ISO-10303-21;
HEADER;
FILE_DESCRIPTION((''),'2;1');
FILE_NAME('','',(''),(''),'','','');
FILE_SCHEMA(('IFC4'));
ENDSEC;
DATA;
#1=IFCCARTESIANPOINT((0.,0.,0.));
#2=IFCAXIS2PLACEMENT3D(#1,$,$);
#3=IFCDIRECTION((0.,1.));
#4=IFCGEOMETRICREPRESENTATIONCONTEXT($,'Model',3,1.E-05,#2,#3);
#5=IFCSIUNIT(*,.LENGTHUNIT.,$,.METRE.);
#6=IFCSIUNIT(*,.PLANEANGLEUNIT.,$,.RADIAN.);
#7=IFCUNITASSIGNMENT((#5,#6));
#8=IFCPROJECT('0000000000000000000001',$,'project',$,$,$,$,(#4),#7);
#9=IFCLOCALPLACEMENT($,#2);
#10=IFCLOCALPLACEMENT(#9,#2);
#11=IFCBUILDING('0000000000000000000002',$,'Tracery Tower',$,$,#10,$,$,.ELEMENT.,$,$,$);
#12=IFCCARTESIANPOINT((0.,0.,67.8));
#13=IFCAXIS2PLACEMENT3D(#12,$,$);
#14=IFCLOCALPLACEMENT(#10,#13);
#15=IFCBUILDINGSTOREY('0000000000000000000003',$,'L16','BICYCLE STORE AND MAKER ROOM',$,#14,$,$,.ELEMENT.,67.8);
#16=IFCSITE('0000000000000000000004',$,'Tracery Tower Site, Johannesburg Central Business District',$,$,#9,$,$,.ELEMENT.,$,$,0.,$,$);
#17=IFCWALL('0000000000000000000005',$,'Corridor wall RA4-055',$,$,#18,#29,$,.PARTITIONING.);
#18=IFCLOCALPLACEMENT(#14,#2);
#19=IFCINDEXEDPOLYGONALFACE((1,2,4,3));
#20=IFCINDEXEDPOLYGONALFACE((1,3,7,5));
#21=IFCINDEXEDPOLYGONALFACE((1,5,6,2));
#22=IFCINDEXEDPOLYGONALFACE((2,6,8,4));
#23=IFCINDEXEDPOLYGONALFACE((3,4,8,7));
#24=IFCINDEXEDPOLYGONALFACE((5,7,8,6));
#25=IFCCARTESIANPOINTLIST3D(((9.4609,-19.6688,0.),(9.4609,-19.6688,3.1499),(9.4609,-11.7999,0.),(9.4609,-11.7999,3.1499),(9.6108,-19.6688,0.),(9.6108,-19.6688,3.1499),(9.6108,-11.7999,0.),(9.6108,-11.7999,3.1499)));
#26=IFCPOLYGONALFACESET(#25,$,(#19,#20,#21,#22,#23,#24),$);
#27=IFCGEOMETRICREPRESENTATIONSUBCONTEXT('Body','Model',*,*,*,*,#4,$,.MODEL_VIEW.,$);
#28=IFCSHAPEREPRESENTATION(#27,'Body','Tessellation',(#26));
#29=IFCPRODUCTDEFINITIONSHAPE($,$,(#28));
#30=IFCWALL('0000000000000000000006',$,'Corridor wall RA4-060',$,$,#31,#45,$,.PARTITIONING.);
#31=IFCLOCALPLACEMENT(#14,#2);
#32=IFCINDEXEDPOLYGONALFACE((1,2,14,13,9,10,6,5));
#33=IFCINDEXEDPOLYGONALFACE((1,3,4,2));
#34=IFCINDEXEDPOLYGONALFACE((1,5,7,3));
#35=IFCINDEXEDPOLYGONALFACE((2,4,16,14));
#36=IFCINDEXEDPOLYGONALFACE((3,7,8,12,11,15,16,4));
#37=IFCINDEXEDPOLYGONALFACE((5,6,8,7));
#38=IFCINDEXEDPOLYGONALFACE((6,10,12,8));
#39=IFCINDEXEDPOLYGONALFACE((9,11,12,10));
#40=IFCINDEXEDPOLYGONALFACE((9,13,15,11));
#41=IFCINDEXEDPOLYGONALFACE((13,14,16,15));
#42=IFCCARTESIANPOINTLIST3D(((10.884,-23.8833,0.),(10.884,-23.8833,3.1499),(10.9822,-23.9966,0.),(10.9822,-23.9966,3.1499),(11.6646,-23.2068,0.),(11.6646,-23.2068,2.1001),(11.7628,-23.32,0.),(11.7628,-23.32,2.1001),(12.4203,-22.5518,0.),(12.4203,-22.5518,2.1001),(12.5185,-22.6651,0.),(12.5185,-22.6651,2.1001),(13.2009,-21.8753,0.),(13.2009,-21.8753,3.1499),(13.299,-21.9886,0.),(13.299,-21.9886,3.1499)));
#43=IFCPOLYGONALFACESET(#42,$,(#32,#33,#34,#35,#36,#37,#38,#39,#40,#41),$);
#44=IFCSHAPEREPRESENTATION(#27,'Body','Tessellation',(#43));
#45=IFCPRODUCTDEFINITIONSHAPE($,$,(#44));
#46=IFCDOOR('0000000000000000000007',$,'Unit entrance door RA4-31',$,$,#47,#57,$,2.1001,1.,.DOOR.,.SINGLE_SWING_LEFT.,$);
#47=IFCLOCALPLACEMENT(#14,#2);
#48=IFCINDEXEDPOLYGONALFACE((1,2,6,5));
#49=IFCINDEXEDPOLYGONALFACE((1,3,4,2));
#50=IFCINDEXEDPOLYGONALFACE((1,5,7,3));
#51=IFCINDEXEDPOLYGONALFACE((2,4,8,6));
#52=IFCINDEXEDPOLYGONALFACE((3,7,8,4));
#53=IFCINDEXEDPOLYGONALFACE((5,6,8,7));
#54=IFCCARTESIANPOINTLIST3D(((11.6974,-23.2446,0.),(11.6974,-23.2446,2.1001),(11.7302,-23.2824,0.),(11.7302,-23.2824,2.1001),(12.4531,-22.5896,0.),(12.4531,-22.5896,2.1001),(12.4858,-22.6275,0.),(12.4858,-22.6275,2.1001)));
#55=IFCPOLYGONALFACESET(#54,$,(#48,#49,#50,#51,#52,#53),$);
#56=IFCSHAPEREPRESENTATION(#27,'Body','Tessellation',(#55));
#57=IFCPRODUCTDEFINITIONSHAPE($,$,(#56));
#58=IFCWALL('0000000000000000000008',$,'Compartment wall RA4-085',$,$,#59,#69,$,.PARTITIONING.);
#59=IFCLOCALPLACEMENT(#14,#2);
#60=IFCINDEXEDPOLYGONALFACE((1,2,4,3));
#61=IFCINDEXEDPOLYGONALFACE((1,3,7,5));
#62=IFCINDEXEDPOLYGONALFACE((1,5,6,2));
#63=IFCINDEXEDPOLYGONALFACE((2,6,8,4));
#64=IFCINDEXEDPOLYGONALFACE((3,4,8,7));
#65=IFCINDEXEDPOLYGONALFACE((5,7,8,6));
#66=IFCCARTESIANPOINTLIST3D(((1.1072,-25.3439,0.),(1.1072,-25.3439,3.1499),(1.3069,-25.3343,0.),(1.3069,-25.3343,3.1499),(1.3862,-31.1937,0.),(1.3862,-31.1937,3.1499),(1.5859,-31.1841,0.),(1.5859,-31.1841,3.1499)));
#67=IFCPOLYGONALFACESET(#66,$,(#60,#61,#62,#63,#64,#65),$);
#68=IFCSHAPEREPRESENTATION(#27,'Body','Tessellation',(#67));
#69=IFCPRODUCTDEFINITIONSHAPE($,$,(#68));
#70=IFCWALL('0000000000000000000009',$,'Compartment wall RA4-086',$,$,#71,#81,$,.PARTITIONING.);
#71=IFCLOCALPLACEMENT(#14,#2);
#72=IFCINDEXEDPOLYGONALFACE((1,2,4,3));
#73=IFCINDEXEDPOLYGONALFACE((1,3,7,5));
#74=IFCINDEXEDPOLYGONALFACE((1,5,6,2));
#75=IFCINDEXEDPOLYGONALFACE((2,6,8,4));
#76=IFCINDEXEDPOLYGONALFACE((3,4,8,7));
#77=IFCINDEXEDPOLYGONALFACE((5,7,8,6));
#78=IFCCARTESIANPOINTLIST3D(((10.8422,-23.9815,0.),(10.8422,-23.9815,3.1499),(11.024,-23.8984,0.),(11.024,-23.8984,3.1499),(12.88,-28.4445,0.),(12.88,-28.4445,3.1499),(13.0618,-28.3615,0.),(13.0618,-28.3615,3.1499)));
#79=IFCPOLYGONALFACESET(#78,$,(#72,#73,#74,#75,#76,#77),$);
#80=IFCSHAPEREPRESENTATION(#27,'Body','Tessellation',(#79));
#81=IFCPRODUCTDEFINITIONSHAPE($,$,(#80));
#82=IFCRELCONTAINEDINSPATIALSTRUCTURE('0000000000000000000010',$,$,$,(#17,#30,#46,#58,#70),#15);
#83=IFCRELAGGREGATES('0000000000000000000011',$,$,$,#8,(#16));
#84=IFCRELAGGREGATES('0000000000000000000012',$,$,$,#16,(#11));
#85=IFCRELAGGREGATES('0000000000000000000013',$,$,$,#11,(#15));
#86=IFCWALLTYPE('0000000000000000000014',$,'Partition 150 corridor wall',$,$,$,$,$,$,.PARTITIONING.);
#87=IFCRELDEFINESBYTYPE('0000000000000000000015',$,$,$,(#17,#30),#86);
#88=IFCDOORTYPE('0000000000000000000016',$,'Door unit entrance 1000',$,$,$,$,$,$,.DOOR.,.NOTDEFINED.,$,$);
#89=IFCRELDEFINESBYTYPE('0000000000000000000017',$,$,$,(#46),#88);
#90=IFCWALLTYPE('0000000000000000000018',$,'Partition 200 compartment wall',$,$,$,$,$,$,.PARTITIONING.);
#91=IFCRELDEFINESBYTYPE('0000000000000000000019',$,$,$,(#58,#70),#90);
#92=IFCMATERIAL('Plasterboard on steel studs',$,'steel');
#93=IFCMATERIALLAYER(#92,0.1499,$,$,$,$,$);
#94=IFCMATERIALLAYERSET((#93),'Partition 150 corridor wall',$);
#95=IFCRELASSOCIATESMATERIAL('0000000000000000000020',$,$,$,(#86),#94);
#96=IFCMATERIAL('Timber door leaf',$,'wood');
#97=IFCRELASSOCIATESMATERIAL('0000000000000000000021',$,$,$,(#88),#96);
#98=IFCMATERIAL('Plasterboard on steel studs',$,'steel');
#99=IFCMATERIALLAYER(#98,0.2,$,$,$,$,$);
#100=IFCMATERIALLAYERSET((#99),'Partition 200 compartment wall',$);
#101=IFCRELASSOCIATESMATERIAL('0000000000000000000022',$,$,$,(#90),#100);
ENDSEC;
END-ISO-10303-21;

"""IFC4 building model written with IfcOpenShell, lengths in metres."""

from ifc_helpers import new_model, si_unit, direction, frame, frame_2d, origin, place, context, subcontext, project, spatial, rectangle, extrude, material, layer, layer_set, type_object, element, fill, save


model = new_model("IFC4")

# Units and contexts
model_context = context("Model", 3, precision=1e-05, world=origin(), true_north=direction((0.0, 1.0)))
body_context = subcontext(model_context, "Body", "Model", "MODEL_VIEW")
ifc_project = project(units=[si_unit("LENGTHUNIT", "METRE"), si_unit("PLANEANGLEUNIT", "RADIAN")], contexts=[model_context])

# Site, building, storey
site_placement = place(None, origin())
site = spatial("IfcSite", under=ifc_project, at=site_placement, Name="Tracery Tower Site, Johannesburg Central Business District", CompositionType="ELEMENT", RefElevation=0.0)
building_placement = place(site_placement, origin())
building = spatial("IfcBuilding", under=site, at=building_placement, Name="Tracery Tower", CompositionType="ELEMENT")
storey_placement = place(building_placement, frame((0.0, 0.0, 67.8)))
storey = spatial("IfcBuildingStorey", under=building, at=storey_placement, Name="L16", Description="BICYCLE STORE AND MAKER ROOM", CompositionType="ELEMENT", Elevation=67.8)

# Shared definitions
ifc_material_1 = material(Name="Plasterboard on steel studs", Category="steel")
ifc_layer_1 = layer(ifc_material_1, 0.1499)
ifc_layer_set_1 = layer_set([ifc_layer_1], Name="Partition 150 corridor wall")
wall_type_1 = type_object("IfcWallType", Name="Partition 150 corridor wall", PredefinedType="PARTITIONING", material=ifc_layer_set_1)
ifc_material_2 = material(Name="Timber door leaf", Category="wood")
door_type = type_object("IfcDoorType", Name="Door unit entrance 1000", OperationType="NOTDEFINED", PredefinedType="DOOR", material=ifc_material_2)

# Wall
wall_1_placement = place(storey_placement, frame((9.5359, -19.6689, 0.0), z_axis=(0.0, 0.0, 1.0), x_axis=(0.0, 1.0, 0.0)))
element("IfcWall", 1, at=wall_1_placement, inside=storey, type_object=wall_type_1, Name="Corridor wall RA4-055", PredefinedType="PARTITIONING", context=body_context, shape_type="SweptSolid", body=[
    extrude(rectangle(XDim=7.8689, YDim=0.1499, at=frame_2d((3.9346, 0.0))), origin(), (0.0, 0.0, 1.0), 3.1499),
])

# Wall, opening, door
wall_2_placement = place(storey_placement, frame((10.9331, -23.9399, 0.0), z_axis=(0.0, 0.0, 1.0), x_axis=(0.755676, 0.654946, 0.0)))
wall_2 = element("IfcWall", 2, at=wall_2_placement, inside=storey, type_object=wall_type_1, Name="Corridor wall RA4-060", PredefinedType="PARTITIONING", context=body_context, shape_type="SweptSolid", body=[
    extrude(rectangle(XDim=3.0659, YDim=0.1499, at=frame_2d((1.533, 0.0))), origin(), (0.0, 0.0, 1.0), 3.1499),
])
opening_1_placement = place(wall_2_placement, frame((1.033, 0.0, 0.0)))
opening_1 = element("IfcOpeningElement", 3, at=opening_1_placement, cuts=wall_2, PredefinedType="OPENING", context=body_context, shape_type="SweptSolid", body=[
    extrude(rectangle(XDim=1.0, YDim=2.1001, at=frame_2d((0.5, 1.05))), frame((0.0, 0.075, 0.0), z_axis=(0.0, -1.0, 0.0), x_axis=(1.0, 0.0, 0.0)), (0.0, 0.0, 1.0), 0.1499),
])
door_1_placement = place(opening_1_placement, origin())
door_1 = element("IfcDoor", 4, at=door_1_placement, inside=storey, type_object=door_type, Name="Unit entrance door RA4-31", OperationType="SINGLE_SWING_LEFT", OverallHeight=2.1001, OverallWidth=1.0, PredefinedType="DOOR", context=body_context, shape_type="SweptSolid", body=[
    extrude(rectangle(XDim=1.0, YDim=2.1001, at=frame_2d((0.5, 1.05))), frame((0.0, 0.0249, 0.0), z_axis=(0.0, -1.0, 0.0), x_axis=(1.0, 0.0, 0.0)), (0.0, 0.0, 1.0), 0.05),
])
fill(opening_1, door_1)

# Walls
ifc_material_3 = material(Name="Plasterboard on steel studs", Category="steel")
ifc_layer_2 = layer(ifc_material_3, 0.2)
ifc_layer_set_2 = layer_set([ifc_layer_2], Name="Partition 200 compartment wall")
wall_type_2 = type_object("IfcWallType", Name="Partition 200 compartment wall", PredefinedType="PARTITIONING", material=ifc_layer_set_2)
wall_3_placement = place(storey_placement, frame((1.207, -25.3391, 0.0), z_axis=(0.0, 0.0, 1.0), x_axis=(0.047648, -0.998864, 0.0)))
element("IfcWall", 5, at=wall_3_placement, inside=storey, type_object=wall_type_2, Name="Compartment wall RA4-085", PredefinedType="PARTITIONING", context=body_context, shape_type="SweptSolid", body=[
    extrude(rectangle(XDim=5.8564, YDim=0.2, at=frame_2d((2.9282, 0.0))), origin(), (0.0, 0.0, 1.0), 3.1499),
])
wall_4_placement = place(storey_placement, frame((10.9331, -23.9399, 0.0), z_axis=(0.0, 0.0, 1.0), x_axis=(0.415347, -0.909663, 0.0)))
element("IfcWall", 6, at=wall_4_placement, inside=storey, type_object=wall_type_2, Name="Compartment wall RA4-086", PredefinedType="PARTITIONING", context=body_context, shape_type="SweptSolid", body=[
    extrude(rectangle(XDim=4.9062, YDim=0.2, at=frame_2d((2.4531, 0.0))), origin(), (0.0, 0.0, 1.0), 3.1499),
])

save(model, "model.ifc")
